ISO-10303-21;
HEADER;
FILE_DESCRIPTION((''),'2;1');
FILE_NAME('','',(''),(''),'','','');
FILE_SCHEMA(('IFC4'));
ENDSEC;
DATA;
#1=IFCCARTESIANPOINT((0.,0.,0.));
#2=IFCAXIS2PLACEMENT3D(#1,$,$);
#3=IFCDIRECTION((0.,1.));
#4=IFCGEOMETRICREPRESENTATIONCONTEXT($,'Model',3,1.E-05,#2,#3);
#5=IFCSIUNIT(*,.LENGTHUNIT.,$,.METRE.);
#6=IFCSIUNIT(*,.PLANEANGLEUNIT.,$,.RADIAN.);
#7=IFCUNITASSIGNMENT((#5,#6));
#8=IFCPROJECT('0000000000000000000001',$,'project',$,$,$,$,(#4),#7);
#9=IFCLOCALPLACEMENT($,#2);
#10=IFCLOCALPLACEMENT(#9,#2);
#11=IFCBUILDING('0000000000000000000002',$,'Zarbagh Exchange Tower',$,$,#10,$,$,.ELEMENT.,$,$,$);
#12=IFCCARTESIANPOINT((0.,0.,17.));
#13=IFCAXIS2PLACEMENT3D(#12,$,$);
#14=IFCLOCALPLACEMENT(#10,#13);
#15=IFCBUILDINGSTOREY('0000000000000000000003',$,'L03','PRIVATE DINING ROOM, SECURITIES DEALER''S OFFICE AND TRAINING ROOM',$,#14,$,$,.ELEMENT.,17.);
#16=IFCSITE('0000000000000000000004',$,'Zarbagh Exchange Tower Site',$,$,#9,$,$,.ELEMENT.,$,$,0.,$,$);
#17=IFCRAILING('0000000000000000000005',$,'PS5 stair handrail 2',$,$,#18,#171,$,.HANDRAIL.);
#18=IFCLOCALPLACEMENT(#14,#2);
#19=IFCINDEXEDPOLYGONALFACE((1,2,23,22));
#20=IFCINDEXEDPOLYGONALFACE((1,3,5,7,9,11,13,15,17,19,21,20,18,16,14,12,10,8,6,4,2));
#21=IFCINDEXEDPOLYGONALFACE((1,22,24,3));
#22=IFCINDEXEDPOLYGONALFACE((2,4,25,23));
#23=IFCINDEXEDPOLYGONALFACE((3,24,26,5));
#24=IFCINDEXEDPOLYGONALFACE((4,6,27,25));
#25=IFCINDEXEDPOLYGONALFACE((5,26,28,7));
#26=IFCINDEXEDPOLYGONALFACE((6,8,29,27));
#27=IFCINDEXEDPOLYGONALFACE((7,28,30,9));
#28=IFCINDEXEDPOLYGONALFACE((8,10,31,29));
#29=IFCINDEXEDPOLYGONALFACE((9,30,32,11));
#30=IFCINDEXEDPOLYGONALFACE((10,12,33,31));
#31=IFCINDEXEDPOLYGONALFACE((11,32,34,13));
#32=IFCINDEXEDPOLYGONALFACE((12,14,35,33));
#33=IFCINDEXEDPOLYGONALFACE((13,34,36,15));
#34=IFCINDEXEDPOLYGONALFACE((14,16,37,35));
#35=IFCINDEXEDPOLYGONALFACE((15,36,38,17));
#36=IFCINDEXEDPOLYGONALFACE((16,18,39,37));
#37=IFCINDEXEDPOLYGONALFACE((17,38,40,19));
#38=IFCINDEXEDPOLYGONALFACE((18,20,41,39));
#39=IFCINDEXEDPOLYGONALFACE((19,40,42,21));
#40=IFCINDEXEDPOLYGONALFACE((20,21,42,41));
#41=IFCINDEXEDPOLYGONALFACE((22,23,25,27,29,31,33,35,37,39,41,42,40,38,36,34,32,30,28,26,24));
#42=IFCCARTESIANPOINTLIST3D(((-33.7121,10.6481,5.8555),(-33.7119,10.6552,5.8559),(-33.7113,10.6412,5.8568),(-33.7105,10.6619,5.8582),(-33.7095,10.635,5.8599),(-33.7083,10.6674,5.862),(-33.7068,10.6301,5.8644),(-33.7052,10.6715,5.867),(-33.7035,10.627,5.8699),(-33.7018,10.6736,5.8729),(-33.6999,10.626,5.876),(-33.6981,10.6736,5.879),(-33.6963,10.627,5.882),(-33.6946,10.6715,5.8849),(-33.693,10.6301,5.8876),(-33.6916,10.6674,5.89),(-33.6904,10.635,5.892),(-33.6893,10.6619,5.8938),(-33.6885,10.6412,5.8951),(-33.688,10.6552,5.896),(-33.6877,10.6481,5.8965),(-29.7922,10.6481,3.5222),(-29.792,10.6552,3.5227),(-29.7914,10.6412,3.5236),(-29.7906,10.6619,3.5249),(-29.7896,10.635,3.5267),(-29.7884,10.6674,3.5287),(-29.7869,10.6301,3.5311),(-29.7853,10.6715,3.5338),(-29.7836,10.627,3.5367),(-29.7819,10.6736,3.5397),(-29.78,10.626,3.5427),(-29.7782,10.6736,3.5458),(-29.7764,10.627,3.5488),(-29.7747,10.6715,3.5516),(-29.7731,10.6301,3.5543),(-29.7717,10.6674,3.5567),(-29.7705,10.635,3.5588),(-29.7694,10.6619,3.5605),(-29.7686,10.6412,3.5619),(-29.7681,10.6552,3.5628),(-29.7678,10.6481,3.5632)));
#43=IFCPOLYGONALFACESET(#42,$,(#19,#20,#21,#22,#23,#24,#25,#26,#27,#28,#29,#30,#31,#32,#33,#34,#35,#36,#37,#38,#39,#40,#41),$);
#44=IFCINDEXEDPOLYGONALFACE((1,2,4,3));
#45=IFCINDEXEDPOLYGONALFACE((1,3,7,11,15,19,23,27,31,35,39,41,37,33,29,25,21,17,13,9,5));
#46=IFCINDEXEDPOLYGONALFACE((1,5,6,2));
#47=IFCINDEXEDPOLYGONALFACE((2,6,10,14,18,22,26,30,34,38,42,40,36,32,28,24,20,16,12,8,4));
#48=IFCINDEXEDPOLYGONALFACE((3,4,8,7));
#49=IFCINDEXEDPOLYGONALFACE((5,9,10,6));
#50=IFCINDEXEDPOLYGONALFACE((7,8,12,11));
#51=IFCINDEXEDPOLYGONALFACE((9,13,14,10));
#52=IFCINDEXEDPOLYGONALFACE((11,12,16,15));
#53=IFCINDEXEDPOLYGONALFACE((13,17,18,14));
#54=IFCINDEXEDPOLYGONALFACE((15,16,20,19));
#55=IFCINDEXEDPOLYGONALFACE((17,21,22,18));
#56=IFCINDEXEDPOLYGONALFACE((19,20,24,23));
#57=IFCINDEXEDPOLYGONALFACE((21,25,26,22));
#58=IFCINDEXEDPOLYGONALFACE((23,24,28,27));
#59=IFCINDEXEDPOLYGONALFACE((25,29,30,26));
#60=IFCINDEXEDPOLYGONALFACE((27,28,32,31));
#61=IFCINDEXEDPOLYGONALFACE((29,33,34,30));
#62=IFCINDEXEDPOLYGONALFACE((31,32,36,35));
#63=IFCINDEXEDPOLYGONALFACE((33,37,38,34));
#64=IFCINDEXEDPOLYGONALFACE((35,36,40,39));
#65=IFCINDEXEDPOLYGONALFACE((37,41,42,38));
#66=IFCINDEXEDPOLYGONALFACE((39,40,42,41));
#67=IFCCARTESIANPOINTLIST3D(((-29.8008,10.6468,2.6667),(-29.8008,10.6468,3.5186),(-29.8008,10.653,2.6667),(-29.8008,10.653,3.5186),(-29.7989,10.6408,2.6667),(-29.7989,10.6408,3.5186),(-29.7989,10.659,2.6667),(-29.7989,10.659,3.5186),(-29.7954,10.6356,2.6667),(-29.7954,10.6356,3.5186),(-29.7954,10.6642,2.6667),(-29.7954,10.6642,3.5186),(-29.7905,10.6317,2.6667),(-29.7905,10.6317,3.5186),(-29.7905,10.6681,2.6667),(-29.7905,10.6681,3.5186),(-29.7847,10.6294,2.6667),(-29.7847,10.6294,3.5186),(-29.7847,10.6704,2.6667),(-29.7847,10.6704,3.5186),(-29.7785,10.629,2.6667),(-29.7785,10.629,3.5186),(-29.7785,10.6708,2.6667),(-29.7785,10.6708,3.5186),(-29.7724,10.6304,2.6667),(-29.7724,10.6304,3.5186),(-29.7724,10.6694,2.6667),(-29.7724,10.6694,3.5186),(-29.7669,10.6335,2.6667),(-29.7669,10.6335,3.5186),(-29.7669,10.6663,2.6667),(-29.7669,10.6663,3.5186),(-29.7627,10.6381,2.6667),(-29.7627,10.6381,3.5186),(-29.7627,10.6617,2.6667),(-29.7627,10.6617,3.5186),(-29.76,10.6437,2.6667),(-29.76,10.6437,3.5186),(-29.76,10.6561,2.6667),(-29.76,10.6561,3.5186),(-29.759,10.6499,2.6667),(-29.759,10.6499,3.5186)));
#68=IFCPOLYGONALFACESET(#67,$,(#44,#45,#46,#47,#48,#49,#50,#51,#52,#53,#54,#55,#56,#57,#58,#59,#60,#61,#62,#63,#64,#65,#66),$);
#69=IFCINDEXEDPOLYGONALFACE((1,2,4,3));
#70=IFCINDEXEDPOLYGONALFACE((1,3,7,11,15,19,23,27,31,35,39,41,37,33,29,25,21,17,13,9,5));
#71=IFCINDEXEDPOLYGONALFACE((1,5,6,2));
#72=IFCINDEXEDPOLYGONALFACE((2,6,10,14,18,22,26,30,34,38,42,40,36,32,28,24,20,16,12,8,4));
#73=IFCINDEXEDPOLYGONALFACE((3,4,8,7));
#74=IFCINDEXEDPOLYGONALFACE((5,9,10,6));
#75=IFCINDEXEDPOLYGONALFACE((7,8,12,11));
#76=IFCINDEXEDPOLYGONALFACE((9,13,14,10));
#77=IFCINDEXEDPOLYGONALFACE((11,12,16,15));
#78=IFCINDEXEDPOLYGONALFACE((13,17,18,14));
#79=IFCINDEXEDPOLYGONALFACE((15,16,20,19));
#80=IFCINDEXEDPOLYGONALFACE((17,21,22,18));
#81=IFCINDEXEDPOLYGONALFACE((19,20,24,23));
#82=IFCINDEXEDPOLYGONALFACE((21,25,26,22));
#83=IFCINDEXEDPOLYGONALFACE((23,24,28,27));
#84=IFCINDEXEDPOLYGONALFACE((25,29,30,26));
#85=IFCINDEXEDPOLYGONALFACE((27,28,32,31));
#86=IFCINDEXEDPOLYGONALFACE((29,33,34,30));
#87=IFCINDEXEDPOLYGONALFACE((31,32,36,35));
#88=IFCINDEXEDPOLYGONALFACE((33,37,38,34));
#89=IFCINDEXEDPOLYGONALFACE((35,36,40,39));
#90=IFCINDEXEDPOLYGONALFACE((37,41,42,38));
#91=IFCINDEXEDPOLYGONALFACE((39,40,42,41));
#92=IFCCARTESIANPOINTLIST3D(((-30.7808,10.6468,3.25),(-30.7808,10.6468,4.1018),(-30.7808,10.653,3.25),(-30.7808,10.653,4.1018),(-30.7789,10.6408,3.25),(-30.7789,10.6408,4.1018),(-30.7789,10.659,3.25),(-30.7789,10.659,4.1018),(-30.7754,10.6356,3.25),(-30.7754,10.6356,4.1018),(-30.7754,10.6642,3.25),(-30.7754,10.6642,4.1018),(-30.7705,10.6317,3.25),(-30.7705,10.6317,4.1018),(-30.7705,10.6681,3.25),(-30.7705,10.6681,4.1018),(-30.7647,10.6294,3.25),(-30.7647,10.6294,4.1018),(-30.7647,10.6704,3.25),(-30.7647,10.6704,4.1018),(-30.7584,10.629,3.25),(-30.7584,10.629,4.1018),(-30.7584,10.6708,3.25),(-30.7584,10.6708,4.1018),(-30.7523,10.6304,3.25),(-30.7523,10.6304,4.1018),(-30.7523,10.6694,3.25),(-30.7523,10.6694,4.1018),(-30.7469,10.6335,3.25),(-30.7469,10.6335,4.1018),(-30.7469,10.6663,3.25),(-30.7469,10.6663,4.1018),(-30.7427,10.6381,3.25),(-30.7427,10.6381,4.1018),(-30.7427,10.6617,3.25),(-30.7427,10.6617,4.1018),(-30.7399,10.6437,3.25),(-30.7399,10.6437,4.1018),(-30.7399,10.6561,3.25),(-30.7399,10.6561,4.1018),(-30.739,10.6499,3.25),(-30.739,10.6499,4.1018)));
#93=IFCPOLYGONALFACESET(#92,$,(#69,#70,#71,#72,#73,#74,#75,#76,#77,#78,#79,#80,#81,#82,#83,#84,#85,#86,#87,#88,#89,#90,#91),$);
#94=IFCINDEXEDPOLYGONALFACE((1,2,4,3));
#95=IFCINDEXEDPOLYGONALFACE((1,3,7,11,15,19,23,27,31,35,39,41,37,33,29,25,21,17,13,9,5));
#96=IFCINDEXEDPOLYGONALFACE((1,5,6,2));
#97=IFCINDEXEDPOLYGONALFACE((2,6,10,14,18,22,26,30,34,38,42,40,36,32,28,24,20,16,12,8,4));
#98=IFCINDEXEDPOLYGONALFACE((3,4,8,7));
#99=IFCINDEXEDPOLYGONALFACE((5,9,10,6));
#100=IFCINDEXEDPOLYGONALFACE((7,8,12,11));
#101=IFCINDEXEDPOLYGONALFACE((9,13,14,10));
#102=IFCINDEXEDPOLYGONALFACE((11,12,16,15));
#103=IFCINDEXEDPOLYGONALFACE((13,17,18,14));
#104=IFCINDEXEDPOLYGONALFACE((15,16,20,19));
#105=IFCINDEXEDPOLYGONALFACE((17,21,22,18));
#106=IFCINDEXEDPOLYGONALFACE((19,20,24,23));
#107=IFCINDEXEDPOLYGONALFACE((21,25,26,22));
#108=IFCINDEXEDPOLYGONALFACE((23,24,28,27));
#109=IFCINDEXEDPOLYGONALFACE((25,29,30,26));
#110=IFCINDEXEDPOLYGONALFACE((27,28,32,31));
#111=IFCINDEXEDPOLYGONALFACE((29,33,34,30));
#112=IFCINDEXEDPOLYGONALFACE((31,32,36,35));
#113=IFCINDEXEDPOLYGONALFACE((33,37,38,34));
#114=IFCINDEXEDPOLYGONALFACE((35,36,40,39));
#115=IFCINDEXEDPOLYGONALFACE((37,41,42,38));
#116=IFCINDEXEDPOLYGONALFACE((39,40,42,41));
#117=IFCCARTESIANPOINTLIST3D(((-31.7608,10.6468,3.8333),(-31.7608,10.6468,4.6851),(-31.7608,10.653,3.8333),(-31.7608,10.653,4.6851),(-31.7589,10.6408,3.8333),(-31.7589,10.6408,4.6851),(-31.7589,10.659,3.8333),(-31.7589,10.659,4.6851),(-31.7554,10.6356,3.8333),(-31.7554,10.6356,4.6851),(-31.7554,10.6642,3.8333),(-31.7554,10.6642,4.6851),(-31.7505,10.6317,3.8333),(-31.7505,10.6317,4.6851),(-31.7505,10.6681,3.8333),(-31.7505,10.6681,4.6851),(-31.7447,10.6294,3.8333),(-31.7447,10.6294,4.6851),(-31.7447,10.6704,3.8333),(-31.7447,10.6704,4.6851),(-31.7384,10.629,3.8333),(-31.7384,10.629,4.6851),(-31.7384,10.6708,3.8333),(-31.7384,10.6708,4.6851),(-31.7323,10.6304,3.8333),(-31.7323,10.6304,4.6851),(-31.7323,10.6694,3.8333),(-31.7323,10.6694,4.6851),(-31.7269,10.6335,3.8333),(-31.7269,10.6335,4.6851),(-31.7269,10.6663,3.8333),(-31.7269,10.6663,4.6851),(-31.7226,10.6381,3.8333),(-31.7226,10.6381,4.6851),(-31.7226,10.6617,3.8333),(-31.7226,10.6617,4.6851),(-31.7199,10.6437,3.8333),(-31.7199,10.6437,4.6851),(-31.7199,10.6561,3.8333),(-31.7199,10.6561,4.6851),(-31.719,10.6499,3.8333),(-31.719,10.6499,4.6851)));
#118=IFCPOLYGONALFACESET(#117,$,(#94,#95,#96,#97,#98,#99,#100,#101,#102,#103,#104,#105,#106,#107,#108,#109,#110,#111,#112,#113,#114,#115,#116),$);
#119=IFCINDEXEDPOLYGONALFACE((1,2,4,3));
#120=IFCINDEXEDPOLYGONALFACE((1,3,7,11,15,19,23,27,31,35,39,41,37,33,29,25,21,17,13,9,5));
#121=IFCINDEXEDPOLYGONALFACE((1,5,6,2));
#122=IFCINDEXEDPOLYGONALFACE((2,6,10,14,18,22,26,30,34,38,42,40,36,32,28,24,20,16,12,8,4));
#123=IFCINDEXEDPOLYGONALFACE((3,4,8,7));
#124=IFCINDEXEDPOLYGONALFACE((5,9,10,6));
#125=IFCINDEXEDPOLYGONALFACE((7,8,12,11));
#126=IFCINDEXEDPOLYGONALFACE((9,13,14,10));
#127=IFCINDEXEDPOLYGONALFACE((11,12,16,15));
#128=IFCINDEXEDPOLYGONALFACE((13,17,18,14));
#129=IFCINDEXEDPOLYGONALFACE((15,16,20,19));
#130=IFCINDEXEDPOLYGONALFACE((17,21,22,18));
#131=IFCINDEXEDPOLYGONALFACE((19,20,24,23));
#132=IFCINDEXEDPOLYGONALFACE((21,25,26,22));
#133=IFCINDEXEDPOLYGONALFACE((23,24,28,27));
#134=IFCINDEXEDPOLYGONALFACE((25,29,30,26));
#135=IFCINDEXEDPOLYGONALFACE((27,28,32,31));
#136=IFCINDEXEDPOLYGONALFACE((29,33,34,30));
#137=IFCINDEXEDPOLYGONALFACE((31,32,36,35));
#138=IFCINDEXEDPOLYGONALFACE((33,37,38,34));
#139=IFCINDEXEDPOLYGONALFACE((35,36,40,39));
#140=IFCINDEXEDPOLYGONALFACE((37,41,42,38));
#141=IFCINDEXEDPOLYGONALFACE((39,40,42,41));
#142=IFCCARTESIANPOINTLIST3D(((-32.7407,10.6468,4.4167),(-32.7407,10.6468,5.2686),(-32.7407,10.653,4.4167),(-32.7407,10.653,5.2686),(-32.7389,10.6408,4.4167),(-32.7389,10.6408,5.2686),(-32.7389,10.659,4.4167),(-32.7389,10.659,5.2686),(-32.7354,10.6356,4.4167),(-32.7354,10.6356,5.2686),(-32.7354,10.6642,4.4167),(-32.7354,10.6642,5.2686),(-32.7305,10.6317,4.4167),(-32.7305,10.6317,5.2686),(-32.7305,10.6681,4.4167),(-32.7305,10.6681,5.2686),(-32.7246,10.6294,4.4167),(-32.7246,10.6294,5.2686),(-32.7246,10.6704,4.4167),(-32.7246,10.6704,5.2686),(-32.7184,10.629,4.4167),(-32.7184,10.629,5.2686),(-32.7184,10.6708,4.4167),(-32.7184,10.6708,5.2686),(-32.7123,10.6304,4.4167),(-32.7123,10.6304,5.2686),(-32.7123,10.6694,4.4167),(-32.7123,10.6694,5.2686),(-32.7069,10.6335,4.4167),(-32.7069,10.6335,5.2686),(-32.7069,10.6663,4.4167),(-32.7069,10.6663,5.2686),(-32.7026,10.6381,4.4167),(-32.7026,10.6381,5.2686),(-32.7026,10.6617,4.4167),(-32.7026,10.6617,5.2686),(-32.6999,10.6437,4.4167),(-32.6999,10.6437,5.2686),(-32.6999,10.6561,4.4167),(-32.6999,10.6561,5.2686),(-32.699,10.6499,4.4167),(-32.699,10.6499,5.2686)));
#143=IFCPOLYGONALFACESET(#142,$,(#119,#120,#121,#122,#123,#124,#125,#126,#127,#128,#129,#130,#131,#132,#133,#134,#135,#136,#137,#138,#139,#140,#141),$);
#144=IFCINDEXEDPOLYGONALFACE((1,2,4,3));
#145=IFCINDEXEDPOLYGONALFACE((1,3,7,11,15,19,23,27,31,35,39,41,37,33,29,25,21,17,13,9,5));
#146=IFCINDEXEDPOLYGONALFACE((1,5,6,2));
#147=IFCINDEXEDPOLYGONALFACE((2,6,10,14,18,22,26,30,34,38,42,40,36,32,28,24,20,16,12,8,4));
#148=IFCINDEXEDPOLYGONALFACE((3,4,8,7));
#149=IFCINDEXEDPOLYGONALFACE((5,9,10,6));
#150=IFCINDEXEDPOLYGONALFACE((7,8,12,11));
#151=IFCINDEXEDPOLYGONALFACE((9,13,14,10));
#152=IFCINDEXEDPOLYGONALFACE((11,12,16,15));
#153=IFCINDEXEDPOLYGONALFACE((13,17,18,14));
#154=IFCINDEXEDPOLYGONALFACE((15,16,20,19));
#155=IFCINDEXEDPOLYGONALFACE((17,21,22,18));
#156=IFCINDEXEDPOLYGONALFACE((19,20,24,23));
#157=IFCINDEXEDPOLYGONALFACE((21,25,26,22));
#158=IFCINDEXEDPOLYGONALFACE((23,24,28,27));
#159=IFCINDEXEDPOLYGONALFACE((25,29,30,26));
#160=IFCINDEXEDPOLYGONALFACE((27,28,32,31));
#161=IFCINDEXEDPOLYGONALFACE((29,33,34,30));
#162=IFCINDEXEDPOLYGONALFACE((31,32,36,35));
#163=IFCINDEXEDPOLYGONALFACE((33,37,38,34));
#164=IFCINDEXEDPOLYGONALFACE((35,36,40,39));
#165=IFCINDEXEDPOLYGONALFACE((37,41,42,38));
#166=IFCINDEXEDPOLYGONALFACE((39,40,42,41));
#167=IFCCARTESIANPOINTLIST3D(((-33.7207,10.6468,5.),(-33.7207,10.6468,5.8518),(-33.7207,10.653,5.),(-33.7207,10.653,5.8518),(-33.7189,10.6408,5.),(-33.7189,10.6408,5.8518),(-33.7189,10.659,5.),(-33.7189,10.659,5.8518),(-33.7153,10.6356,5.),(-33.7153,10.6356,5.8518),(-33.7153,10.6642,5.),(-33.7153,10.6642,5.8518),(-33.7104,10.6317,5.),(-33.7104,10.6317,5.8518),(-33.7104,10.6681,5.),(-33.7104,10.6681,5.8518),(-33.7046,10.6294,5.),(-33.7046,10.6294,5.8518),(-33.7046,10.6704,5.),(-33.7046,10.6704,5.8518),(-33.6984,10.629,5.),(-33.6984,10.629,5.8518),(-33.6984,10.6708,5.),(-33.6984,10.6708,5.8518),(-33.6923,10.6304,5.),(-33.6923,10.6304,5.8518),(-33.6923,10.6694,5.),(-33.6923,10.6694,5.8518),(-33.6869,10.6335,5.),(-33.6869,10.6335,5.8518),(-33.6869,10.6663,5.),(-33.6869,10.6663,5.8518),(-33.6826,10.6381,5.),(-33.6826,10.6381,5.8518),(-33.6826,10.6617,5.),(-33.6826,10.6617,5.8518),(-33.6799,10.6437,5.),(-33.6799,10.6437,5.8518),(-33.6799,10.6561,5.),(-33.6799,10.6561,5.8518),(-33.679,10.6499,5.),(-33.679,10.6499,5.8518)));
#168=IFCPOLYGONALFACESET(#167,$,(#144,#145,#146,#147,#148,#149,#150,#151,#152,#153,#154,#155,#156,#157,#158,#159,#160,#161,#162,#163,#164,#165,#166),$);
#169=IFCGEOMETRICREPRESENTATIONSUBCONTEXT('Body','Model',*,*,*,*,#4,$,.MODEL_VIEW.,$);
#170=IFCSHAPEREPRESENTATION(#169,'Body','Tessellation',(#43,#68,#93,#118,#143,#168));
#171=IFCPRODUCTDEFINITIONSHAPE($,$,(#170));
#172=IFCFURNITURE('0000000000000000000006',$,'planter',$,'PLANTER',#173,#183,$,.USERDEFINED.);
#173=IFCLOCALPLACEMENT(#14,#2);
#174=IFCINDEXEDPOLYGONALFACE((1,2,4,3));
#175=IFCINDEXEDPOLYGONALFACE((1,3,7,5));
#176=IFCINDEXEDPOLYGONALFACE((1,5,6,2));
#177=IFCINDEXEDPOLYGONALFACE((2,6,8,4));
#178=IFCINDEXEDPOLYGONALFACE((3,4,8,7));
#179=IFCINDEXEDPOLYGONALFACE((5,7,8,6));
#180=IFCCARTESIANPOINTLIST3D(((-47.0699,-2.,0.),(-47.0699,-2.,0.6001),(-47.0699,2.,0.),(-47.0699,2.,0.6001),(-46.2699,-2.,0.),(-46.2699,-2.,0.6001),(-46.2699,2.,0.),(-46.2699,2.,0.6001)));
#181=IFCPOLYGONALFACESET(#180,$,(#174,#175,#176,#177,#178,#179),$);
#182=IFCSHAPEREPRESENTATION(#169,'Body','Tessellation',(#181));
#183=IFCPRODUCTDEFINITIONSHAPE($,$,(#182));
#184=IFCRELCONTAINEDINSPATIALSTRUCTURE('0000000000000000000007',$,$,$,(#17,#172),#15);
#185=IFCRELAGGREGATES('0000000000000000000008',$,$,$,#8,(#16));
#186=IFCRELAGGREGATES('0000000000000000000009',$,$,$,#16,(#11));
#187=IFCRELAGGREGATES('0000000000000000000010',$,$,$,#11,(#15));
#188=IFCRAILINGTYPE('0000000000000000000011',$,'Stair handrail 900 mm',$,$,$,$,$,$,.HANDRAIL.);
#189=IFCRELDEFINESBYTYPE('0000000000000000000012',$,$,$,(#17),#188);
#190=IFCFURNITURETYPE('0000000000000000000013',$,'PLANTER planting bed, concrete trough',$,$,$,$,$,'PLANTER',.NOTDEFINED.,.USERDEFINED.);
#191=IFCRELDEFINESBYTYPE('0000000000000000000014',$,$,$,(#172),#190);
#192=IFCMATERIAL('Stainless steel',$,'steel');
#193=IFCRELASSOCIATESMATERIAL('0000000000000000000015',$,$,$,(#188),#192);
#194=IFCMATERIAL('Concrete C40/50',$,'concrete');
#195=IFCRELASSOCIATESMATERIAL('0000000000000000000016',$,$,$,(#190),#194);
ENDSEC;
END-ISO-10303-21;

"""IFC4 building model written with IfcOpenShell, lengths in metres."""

from ifc_helpers import new_model, si_unit, direction, frame, origin, origin_2d, place, context, subcontext, project, spatial, rectangle, circle, extrude, material, type_object, element, save


model = new_model("IFC4")

# Units and contexts
model_context = context("Model", 3, precision=1e-05, world=origin(), true_north=direction((0.0, 1.0)))
body_context = subcontext(model_context, "Body", "Model", "MODEL_VIEW")
ifc_project = project(units=[si_unit("LENGTHUNIT", "METRE"), si_unit("PLANEANGLEUNIT", "RADIAN")], contexts=[model_context])

# Site, building, storey
site_placement = place(None, origin())
site = spatial("IfcSite", under=ifc_project, at=site_placement, Name="Zarbagh Exchange Tower Site", CompositionType="ELEMENT", RefElevation=0.0)
building_placement = place(site_placement, origin())
building = spatial("IfcBuilding", under=site, at=building_placement, Name="Zarbagh Exchange Tower", CompositionType="ELEMENT")
storey_placement = place(building_placement, frame((0.0, 0.0, 17.0)))
storey = spatial("IfcBuildingStorey", under=building, at=storey_placement, Name="L03", Description="PRIVATE DINING ROOM, SECURITIES DEALER'S OFFICE AND TRAINING ROOM", CompositionType="ELEMENT", Elevation=17.0)

# Shared definitions
ifc_material_1 = material(Name="Concrete C40/50", Category="concrete")

# Railing
ifc_material_2 = material(Name="Stainless steel", Category="steel")
railing_type_1 = type_object("IfcRailingType", Name="Stair handrail 900 mm", PredefinedType="HANDRAIL", material=ifc_material_2)
railing_1_placement = place(storey_placement, frame((-29.78, 10.6499, 2.6667)))
element("IfcRailing", 1, at=railing_1_placement, inside=storey, type_object=railing_type_1, Name="PS5 stair handrail 2", PredefinedType="HANDRAIL", context=body_context, shape_type="SweptSolid", body=[
    extrude(circle(Radius=0.0239, at=origin_2d()), frame((0.0, 0.0, 0.876), z_axis=(-0.859296, 0.0, 0.511478), x_axis=(0.0, -1.0, 0.0)), (0.0, 0.0, 1.0), 4.5618),
    extrude(circle(Radius=0.021, at=origin_2d()), origin(), (0.0, 0.0, 1.0), 0.8518),
    extrude(circle(Radius=0.021, at=origin_2d()), frame((-0.98, 0.0, 0.5833)), (0.0, 0.0, 1.0), 0.8518),
    extrude(circle(Radius=0.021, at=origin_2d()), frame((-1.96, 0.0, 1.1665)), (0.0, 0.0, 1.0), 0.8518),
    extrude(circle(Radius=0.021, at=origin_2d()), frame((-2.9399, 0.0, 1.75)), (0.0, 0.0, 1.0), 0.8518),
    extrude(circle(Radius=0.021, at=origin_2d()), frame((-3.9199, 0.0, 2.3333)), (0.0, 0.0, 1.0), 0.8518),
])

# Furniture
furniture_type = type_object("IfcFurnitureType", Name="PLANTER planting bed, concrete trough", ElementType="PLANTER", AssemblyPlace="NOTDEFINED", PredefinedType="USERDEFINED", material=ifc_material_1)
furniture_placement = place(storey_placement, frame((-46.6699, 0.0, 0.0), z_axis=(0.0, 0.0, 1.0), x_axis=(0.0, 1.0, 0.0)))
element("IfcFurniture", 2, at=furniture_placement, inside=storey, type_object=furniture_type, Name="planter", ObjectType="PLANTER", PredefinedType="USERDEFINED", context=body_context, shape_type="SweptSolid", body=[
    extrude(rectangle(XDim=4.0, YDim=0.8, at=origin_2d()), origin(), (0.0, 0.0, 1.0), 0.6001),
])

save(model, "model.ifc")
